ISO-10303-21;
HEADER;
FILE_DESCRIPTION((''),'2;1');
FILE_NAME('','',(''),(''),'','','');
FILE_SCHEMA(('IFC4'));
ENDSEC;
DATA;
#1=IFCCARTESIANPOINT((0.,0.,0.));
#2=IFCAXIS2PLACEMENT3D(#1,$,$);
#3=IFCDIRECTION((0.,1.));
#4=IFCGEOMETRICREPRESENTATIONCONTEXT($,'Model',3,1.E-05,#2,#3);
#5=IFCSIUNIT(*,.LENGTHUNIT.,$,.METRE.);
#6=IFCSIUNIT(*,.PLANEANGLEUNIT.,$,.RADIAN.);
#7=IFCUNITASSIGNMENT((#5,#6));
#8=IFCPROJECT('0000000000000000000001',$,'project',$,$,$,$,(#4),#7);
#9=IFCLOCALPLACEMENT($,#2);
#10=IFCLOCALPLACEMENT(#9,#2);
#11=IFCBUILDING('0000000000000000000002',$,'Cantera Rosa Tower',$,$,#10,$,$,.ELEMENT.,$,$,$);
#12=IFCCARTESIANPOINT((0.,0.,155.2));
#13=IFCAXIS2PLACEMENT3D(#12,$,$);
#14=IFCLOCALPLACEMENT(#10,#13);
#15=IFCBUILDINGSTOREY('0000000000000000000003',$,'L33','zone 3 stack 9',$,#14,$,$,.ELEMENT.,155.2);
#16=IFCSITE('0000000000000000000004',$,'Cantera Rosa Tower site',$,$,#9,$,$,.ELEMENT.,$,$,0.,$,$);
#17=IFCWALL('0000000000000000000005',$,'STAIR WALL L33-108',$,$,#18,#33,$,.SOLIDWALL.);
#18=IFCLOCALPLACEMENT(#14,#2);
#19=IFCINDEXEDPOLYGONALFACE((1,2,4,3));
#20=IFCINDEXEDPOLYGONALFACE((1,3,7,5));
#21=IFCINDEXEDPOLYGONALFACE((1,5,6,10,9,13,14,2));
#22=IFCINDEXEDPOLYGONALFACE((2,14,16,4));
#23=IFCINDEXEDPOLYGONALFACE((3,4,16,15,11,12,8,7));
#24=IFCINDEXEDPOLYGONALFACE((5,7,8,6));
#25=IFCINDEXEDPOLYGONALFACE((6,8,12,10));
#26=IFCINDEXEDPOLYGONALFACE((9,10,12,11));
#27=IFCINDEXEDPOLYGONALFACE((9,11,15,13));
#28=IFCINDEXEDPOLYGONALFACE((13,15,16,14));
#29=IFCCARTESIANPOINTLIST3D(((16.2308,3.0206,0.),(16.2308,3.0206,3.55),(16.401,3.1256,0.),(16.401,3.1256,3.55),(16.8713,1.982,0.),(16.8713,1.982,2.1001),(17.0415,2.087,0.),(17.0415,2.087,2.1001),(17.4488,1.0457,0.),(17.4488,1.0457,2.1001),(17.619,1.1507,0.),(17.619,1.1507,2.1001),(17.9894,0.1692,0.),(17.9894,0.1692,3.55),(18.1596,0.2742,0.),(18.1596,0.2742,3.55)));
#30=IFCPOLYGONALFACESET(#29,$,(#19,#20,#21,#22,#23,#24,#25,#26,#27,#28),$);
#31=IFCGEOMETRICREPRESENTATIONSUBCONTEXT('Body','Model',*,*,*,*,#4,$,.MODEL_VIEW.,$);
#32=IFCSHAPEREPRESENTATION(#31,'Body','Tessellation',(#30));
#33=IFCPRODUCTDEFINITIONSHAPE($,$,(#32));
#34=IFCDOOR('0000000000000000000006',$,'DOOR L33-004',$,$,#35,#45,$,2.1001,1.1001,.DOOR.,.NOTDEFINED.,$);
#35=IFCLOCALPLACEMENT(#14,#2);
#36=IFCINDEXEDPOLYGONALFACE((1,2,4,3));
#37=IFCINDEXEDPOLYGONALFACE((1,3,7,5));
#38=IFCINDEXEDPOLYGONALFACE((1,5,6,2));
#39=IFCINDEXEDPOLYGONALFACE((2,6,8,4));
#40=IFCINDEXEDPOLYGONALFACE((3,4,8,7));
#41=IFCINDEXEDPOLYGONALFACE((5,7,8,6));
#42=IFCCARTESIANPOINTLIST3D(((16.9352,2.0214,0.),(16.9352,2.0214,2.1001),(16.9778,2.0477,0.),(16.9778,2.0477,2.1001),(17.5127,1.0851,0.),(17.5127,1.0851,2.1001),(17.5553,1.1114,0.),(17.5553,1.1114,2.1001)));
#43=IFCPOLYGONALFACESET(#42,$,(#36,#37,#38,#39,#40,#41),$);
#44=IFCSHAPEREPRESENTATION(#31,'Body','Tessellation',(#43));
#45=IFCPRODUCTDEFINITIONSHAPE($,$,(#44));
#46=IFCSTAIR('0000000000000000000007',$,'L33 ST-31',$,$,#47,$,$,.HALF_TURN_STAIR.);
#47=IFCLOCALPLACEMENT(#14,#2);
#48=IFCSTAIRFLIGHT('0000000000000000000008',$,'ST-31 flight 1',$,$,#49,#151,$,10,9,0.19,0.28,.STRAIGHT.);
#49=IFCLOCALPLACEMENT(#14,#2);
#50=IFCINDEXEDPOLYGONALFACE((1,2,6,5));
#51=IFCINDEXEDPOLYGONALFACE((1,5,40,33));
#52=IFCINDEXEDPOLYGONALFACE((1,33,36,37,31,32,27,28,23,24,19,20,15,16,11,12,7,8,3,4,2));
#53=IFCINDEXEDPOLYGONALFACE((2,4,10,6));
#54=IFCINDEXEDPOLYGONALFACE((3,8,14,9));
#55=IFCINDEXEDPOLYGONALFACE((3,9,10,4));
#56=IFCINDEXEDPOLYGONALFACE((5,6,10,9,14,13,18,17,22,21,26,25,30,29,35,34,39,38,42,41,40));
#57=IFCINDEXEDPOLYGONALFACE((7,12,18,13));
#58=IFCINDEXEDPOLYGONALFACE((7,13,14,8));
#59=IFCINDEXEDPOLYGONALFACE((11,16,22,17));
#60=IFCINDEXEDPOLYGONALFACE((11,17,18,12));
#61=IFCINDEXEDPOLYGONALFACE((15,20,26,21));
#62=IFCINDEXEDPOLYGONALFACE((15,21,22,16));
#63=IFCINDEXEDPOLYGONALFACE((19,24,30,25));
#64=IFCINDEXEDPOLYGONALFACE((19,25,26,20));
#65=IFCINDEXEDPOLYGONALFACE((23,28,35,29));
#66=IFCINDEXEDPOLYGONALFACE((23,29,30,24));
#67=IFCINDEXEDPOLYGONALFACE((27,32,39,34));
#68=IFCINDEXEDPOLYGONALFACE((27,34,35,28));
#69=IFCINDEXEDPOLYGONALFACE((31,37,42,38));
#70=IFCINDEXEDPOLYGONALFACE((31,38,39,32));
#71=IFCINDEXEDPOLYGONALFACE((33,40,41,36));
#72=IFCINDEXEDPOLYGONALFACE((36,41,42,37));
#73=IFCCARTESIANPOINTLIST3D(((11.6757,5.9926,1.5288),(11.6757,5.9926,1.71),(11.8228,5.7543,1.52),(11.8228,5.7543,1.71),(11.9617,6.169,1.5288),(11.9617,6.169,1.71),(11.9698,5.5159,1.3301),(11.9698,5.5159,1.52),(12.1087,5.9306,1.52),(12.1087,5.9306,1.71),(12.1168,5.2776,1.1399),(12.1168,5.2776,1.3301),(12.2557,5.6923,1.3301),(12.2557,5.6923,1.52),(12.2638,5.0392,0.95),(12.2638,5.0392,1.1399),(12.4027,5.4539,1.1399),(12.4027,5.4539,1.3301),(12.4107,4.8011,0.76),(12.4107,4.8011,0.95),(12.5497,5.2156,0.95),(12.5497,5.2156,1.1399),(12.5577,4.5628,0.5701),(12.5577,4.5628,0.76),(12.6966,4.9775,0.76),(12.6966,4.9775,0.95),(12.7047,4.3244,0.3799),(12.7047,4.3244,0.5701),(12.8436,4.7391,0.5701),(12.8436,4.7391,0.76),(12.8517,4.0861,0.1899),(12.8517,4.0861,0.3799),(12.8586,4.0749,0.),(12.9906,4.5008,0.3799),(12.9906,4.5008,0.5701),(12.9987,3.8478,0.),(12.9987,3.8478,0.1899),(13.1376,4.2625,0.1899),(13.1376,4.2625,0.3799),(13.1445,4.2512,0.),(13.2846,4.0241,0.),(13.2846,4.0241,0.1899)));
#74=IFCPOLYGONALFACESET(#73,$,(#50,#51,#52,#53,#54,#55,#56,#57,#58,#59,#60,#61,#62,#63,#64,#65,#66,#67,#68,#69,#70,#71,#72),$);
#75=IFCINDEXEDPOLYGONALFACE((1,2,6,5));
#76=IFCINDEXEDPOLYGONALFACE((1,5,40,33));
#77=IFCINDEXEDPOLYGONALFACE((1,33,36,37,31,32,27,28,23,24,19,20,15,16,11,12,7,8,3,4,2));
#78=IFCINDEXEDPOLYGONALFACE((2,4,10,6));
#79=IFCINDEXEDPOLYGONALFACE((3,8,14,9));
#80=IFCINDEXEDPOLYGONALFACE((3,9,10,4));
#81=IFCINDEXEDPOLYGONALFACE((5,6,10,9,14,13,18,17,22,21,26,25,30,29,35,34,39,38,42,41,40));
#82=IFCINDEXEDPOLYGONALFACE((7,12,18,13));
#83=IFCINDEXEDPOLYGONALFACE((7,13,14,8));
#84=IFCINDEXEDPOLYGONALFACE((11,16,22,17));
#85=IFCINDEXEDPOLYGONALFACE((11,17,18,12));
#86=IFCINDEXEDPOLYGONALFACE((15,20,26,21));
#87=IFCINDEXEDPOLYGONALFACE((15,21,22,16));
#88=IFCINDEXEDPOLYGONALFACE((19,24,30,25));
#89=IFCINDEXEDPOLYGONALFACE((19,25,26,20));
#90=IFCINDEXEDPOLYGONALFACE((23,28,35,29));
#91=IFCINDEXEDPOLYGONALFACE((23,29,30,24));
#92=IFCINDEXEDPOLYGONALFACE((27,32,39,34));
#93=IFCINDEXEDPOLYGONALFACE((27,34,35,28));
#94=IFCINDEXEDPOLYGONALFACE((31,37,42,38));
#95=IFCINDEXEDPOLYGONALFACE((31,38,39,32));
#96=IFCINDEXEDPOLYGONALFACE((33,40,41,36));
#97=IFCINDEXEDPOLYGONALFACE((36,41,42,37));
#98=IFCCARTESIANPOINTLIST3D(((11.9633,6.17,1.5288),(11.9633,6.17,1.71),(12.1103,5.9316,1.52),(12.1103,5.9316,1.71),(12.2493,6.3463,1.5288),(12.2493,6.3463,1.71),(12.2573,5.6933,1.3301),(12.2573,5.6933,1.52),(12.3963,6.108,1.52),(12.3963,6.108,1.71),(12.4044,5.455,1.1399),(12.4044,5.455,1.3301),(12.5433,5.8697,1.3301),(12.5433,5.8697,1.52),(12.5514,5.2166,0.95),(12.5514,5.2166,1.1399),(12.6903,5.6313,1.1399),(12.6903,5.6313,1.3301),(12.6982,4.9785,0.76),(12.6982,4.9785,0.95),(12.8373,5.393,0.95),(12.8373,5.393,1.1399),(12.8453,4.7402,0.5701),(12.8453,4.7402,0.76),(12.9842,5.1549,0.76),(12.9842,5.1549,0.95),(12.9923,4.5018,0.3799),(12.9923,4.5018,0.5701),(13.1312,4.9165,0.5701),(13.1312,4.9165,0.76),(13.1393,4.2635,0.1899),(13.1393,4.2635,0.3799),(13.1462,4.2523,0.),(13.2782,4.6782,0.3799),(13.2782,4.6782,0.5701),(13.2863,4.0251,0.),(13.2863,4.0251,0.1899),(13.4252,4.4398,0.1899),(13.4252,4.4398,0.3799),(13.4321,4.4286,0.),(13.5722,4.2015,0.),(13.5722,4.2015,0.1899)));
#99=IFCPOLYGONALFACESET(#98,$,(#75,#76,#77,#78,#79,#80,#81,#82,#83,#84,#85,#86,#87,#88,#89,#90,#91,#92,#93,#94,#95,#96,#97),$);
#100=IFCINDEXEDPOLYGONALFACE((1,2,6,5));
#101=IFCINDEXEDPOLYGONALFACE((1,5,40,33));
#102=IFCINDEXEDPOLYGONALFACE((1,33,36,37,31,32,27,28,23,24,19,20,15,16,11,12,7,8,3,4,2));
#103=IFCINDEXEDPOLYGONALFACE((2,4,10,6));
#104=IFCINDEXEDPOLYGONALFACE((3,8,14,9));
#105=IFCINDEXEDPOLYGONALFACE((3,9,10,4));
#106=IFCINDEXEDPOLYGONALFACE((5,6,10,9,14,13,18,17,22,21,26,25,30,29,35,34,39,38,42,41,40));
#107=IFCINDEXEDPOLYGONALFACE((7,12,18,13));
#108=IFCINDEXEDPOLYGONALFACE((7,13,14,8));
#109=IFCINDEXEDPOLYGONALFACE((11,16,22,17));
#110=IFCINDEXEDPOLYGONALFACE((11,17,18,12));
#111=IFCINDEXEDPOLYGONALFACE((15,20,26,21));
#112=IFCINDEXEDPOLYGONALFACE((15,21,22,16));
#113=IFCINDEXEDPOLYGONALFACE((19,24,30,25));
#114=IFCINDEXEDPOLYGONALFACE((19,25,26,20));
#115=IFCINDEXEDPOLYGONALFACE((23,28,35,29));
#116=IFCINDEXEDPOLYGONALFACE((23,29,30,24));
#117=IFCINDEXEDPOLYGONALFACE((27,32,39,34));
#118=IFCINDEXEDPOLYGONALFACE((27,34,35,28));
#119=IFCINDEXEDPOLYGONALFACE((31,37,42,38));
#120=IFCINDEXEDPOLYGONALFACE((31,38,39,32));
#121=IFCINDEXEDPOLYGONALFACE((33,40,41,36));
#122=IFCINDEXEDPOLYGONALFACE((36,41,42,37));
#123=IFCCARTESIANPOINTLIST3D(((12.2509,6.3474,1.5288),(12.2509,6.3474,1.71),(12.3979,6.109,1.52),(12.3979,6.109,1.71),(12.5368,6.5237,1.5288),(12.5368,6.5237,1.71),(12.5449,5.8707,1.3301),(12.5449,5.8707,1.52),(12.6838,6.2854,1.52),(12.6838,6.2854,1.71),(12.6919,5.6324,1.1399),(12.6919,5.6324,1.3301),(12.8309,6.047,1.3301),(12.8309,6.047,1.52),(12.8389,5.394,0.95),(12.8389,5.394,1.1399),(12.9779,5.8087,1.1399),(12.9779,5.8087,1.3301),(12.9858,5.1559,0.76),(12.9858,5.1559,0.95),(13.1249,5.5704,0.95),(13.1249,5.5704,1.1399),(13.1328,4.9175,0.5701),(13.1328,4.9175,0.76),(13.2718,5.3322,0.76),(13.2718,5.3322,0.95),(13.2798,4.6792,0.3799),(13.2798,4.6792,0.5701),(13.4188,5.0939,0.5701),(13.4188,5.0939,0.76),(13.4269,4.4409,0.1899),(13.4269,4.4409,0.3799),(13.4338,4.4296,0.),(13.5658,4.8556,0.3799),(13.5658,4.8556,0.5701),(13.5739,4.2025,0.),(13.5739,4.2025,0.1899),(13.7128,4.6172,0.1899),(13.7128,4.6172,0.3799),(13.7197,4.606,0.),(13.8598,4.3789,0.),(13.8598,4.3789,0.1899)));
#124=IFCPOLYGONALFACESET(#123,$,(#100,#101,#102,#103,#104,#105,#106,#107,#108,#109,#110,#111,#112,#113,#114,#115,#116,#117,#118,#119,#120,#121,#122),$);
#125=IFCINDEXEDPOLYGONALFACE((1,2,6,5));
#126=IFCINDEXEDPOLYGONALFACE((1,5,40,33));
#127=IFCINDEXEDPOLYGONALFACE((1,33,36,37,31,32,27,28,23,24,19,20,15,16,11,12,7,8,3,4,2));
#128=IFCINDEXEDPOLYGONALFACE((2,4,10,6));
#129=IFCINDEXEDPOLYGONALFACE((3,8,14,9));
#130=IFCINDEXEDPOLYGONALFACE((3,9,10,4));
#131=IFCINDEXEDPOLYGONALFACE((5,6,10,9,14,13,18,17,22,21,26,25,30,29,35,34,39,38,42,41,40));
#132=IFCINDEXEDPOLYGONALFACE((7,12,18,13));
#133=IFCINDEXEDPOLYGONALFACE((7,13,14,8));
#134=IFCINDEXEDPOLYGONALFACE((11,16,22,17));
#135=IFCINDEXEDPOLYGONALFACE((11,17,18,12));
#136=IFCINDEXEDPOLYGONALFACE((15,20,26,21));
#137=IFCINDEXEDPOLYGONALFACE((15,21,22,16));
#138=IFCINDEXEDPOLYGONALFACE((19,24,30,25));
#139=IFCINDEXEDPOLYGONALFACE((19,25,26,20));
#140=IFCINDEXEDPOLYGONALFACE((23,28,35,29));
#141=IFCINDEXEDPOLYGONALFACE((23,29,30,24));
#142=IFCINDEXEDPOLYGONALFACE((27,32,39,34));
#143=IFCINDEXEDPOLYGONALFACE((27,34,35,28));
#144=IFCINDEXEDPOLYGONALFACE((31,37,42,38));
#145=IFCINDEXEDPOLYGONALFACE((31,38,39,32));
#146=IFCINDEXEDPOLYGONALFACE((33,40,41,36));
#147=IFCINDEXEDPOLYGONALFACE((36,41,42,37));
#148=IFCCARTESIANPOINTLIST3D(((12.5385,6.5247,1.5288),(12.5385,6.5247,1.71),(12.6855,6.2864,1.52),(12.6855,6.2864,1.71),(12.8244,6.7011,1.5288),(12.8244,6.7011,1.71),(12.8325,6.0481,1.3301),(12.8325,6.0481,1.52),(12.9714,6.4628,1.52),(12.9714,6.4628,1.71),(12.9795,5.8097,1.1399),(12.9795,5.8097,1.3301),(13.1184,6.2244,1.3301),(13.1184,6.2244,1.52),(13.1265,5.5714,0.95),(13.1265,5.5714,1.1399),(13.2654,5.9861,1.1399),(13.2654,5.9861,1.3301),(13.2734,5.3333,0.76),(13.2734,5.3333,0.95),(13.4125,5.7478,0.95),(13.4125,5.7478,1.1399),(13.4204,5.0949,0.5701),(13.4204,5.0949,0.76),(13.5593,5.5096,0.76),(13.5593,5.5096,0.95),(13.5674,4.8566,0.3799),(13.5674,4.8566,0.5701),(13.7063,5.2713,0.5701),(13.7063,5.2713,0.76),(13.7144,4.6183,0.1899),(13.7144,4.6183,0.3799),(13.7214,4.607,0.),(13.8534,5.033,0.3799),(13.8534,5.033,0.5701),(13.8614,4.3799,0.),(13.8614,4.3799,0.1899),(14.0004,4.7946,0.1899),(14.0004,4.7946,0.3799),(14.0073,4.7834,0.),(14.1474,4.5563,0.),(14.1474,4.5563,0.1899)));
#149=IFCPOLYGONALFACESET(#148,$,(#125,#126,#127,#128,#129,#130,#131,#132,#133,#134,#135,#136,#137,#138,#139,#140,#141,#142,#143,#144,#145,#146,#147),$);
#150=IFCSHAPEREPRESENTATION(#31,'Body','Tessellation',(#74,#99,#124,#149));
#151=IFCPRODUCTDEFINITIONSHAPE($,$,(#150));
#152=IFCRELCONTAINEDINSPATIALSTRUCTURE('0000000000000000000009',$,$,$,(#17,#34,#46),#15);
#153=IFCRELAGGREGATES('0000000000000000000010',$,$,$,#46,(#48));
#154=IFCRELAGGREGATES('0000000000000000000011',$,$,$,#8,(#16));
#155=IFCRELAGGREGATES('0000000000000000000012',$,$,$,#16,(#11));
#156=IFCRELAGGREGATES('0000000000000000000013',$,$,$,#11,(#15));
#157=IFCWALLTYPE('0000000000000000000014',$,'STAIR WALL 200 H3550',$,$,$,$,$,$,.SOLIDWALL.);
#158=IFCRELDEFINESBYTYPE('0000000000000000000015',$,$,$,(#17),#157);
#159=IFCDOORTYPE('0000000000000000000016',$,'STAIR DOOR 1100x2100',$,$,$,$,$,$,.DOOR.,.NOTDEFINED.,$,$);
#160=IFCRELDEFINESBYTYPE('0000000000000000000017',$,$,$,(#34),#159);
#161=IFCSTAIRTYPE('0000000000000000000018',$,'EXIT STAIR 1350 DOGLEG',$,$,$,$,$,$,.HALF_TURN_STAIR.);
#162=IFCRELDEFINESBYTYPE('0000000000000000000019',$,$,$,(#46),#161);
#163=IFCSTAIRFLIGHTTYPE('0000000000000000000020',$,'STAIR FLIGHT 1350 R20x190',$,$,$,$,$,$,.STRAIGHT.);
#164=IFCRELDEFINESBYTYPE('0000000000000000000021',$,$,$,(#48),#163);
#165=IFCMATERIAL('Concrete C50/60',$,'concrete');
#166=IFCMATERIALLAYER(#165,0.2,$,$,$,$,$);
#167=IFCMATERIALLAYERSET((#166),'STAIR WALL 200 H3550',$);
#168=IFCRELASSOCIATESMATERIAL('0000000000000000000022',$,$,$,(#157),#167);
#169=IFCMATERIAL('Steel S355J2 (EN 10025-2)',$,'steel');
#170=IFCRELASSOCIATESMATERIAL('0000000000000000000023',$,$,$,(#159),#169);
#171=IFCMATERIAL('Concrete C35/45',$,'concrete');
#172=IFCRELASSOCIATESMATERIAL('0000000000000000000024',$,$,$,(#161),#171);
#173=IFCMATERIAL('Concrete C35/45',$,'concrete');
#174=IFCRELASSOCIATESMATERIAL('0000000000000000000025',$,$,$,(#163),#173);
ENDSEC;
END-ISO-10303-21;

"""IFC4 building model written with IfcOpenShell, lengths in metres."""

from ifc_helpers import new_model, si_unit, direction, frame, frame_2d, origin, place, context, subcontext, project, spatial, polyline, rectangle, outline, extrude, material, layer, layer_set, type_object, element, fill, aggregate, save


model = new_model("IFC4")

# Units and contexts
model_context = context("Model", 3, precision=1e-05, world=origin(), true_north=direction((0.0, 1.0)))
body_context = subcontext(model_context, "Body", "Model", "MODEL_VIEW")
ifc_project = project(units=[si_unit("LENGTHUNIT", "METRE"), si_unit("PLANEANGLEUNIT", "RADIAN")], contexts=[model_context])

# Site, building, storey
site_placement = place(None, origin())
site = spatial("IfcSite", under=ifc_project, at=site_placement, Name="Cantera Rosa Tower site", CompositionType="ELEMENT", RefElevation=0.0)
building_placement = place(site_placement, origin())
building = spatial("IfcBuilding", under=site, at=building_placement, Name="Cantera Rosa Tower", CompositionType="ELEMENT")
storey_placement = place(building_placement, frame((0.0, 0.0, 155.2)))
storey = spatial("IfcBuildingStorey", under=building, at=storey_placement, Name="L33", Description="zone 3 stack 9", CompositionType="ELEMENT", Elevation=155.2)

# Shared definitions
ifc_material_1 = material(Name="Concrete C50/60", Category="concrete")
ifc_layer_1 = layer(ifc_material_1, 0.2)
ifc_layer_set_1 = layer_set([ifc_layer_1], Name="STAIR WALL 200 H3550")
wall_type_1 = type_object("IfcWallType", Name="STAIR WALL 200 H3550", PredefinedType="SOLIDWALL", material=ifc_layer_set_1)

# Wall, opening, door
ifc_material_2 = material(Name="Steel S355J2 (EN 10025-2)", Category="steel")
door_type_1 = type_object("IfcDoorType", Name="STAIR DOOR 1100x2100", OperationType="NOTDEFINED", PredefinedType="DOOR", material=ifc_material_2)
wall_1_placement = place(storey_placement, frame((18.0745, 0.2217, 0.0), z_axis=(0.0, 0.0, 1.0), x_axis=(-0.524939, 0.85114, 0.0)))
wall_1 = element("IfcWall", 1, at=wall_1_placement, inside=storey, type_object=wall_type_1, Name="STAIR WALL L33-108", PredefinedType="SOLIDWALL", context=body_context, shape_type="SweptSolid", body=[
    extrude(rectangle(XDim=3.3501, YDim=0.2, at=frame_2d((1.675, 0.0))), origin(), (0.0, 0.0, 1.0), 3.55),
])
opening_1_placement = place(wall_1_placement, frame((1.0298, 0.0, 0.0)))
opening_1 = element("IfcOpeningElement", 2, at=opening_1_placement, cuts=wall_1, PredefinedType="OPENING", context=body_context, shape_type="SweptSolid", body=[
    extrude(rectangle(XDim=1.1001, YDim=2.1001, at=frame_2d((0.55, 1.05))), frame((0.0, 0.1099, 0.0), z_axis=(0.0, -1.0, 0.0), x_axis=(1.0, 0.0, 0.0)), (0.0, 0.0, 1.0), 0.22),
])
door_1_placement = place(opening_1_placement, origin())
door_1 = element("IfcDoor", 3, at=door_1_placement, inside=storey, type_object=door_type_1, Name="DOOR L33-004", OperationType="NOTDEFINED", OverallHeight=2.1001, OverallWidth=1.1001, PredefinedType="DOOR", context=body_context, shape_type="SweptSolid", body=[
    extrude(rectangle(XDim=1.1001, YDim=2.1001, at=frame_2d((0.55, 1.05))), frame((0.0, 0.0249, 0.0), z_axis=(0.0, -1.0, 0.0), x_axis=(1.0, 0.0, 0.0)), (0.0, 0.0, 1.0), 0.05),
])
fill(opening_1, door_1)

# Stair, stair flight
ifc_material_3 = material(Name="Concrete C35/45", Category="concrete")
stair_type = type_object("IfcStairType", Name="EXIT STAIR 1350 DOGLEG", PredefinedType="HALF_TURN_STAIR", material=ifc_material_3)
stair_1_placement = place(storey_placement, origin())
stair_1 = element("IfcStair", 4, at=stair_1_placement, inside=storey, type_object=stair_type, Name="L33 ST-31", PredefinedType="HALF_TURN_STAIR")
ifc_material_4 = material(Name="Concrete C35/45", Category="concrete")
stair_flight_type = type_object("IfcStairFlightType", Name="STAIR FLIGHT 1350 R20x190", PredefinedType="STRAIGHT", material=ifc_material_4)
stair_flight_1_placement = place(storey_placement, frame((13.5732, 4.2021, 0.0), z_axis=(0.0, 0.0, 1.0), x_axis=(-0.524977, 0.851117, 0.0)))
stair_flight_1 = element("IfcStairFlight", 5, at=stair_flight_1_placement, type_object=stair_flight_type, Name="ST-31 flight 1", NumberOfRisers=10, NumberOfTreads=9, PredefinedType="STRAIGHT", RiserHeight=0.19, TreadLength=0.28, context=body_context, shape_type="SweptSolid", body=[
    extrude(outline(polyline([(0.0, 0.0), (0.0, 0.1899), (0.28, 0.1899), (0.28, 0.3799), (0.5601, 0.3799), (0.5601, 0.5701), (0.8401, 0.5701), (0.8401, 0.76), (1.1201, 0.76), (1.1201, 0.95), (1.3999, 0.95), (1.3999, 1.1399), (1.6799, 1.1399), (1.6799, 1.3301), (1.96, 1.3301), (1.96, 1.52), (2.24, 1.52), (2.24, 1.71), (2.52, 1.71), (2.52, 1.8999), (2.52, 1.5288), (0.2668, 0.0), (0.0, 0.0)])), frame((0.0, 0.675, 0.0), z_axis=(0.0, -1.0, 0.0), x_axis=(1.0, 0.0, 0.0)), (0.0, 0.0, 1.0), 0.3359),
    extrude(outline(polyline([(0.0, 0.0), (0.0, 0.1899), (0.28, 0.1899), (0.28, 0.3799), (0.5601, 0.3799), (0.5601, 0.5701), (0.8401, 0.5701), (0.8401, 0.76), (1.1201, 0.76), (1.1201, 0.95), (1.3999, 0.95), (1.3999, 1.1399), (1.6799, 1.1399), (1.6799, 1.3301), (1.96, 1.3301), (1.96, 1.52), (2.24, 1.52), (2.24, 1.71), (2.52, 1.71), (2.52, 1.8999), (2.52, 1.5288), (0.2668, 0.0), (0.0, 0.0)])), frame((0.0, 0.3372, 0.0), z_axis=(0.0, -1.0, 0.0), x_axis=(1.0, 0.0, 0.0)), (0.0, 0.0, 1.0), 0.3359),
    extrude(outline(polyline([(0.0, 0.0), (0.0, 0.1899), (0.28, 0.1899), (0.28, 0.3799), (0.5601, 0.3799), (0.5601, 0.5701), (0.8401, 0.5701), (0.8401, 0.76), (1.1201, 0.76), (1.1201, 0.95), (1.3999, 0.95), (1.3999, 1.1399), (1.6799, 1.1399), (1.6799, 1.3301), (1.96, 1.3301), (1.96, 1.52), (2.24, 1.52), (2.24, 1.71), (2.52, 1.71), (2.52, 1.8999), (2.52, 1.5288), (0.2668, 0.0), (0.0, 0.0)])), frame((0.0, -0.0007, 0.0), z_axis=(0.0, -1.0, 0.0), x_axis=(1.0, 0.0, 0.0)), (0.0, 0.0, 1.0), 0.3359),
    extrude(outline(polyline([(0.0, 0.0), (0.0, 0.1899), (0.28, 0.1899), (0.28, 0.3799), (0.5601, 0.3799), (0.5601, 0.5701), (0.8401, 0.5701), (0.8401, 0.76), (1.1201, 0.76), (1.1201, 0.95), (1.3999, 0.95), (1.3999, 1.1399), (1.6799, 1.1399), (1.6799, 1.3301), (1.96, 1.3301), (1.96, 1.52), (2.24, 1.52), (2.24, 1.71), (2.52, 1.71), (2.52, 1.8999), (2.52, 1.5288), (0.2668, 0.0), (0.0, 0.0)])), frame((0.0, -0.3386, 0.0), z_axis=(0.0, -1.0, 0.0), x_axis=(1.0, 0.0, 0.0)), (0.0, 0.0, 1.0), 0.3359),
])
aggregate(stair_1, [stair_flight_1])

save(model, "model.ifc")
